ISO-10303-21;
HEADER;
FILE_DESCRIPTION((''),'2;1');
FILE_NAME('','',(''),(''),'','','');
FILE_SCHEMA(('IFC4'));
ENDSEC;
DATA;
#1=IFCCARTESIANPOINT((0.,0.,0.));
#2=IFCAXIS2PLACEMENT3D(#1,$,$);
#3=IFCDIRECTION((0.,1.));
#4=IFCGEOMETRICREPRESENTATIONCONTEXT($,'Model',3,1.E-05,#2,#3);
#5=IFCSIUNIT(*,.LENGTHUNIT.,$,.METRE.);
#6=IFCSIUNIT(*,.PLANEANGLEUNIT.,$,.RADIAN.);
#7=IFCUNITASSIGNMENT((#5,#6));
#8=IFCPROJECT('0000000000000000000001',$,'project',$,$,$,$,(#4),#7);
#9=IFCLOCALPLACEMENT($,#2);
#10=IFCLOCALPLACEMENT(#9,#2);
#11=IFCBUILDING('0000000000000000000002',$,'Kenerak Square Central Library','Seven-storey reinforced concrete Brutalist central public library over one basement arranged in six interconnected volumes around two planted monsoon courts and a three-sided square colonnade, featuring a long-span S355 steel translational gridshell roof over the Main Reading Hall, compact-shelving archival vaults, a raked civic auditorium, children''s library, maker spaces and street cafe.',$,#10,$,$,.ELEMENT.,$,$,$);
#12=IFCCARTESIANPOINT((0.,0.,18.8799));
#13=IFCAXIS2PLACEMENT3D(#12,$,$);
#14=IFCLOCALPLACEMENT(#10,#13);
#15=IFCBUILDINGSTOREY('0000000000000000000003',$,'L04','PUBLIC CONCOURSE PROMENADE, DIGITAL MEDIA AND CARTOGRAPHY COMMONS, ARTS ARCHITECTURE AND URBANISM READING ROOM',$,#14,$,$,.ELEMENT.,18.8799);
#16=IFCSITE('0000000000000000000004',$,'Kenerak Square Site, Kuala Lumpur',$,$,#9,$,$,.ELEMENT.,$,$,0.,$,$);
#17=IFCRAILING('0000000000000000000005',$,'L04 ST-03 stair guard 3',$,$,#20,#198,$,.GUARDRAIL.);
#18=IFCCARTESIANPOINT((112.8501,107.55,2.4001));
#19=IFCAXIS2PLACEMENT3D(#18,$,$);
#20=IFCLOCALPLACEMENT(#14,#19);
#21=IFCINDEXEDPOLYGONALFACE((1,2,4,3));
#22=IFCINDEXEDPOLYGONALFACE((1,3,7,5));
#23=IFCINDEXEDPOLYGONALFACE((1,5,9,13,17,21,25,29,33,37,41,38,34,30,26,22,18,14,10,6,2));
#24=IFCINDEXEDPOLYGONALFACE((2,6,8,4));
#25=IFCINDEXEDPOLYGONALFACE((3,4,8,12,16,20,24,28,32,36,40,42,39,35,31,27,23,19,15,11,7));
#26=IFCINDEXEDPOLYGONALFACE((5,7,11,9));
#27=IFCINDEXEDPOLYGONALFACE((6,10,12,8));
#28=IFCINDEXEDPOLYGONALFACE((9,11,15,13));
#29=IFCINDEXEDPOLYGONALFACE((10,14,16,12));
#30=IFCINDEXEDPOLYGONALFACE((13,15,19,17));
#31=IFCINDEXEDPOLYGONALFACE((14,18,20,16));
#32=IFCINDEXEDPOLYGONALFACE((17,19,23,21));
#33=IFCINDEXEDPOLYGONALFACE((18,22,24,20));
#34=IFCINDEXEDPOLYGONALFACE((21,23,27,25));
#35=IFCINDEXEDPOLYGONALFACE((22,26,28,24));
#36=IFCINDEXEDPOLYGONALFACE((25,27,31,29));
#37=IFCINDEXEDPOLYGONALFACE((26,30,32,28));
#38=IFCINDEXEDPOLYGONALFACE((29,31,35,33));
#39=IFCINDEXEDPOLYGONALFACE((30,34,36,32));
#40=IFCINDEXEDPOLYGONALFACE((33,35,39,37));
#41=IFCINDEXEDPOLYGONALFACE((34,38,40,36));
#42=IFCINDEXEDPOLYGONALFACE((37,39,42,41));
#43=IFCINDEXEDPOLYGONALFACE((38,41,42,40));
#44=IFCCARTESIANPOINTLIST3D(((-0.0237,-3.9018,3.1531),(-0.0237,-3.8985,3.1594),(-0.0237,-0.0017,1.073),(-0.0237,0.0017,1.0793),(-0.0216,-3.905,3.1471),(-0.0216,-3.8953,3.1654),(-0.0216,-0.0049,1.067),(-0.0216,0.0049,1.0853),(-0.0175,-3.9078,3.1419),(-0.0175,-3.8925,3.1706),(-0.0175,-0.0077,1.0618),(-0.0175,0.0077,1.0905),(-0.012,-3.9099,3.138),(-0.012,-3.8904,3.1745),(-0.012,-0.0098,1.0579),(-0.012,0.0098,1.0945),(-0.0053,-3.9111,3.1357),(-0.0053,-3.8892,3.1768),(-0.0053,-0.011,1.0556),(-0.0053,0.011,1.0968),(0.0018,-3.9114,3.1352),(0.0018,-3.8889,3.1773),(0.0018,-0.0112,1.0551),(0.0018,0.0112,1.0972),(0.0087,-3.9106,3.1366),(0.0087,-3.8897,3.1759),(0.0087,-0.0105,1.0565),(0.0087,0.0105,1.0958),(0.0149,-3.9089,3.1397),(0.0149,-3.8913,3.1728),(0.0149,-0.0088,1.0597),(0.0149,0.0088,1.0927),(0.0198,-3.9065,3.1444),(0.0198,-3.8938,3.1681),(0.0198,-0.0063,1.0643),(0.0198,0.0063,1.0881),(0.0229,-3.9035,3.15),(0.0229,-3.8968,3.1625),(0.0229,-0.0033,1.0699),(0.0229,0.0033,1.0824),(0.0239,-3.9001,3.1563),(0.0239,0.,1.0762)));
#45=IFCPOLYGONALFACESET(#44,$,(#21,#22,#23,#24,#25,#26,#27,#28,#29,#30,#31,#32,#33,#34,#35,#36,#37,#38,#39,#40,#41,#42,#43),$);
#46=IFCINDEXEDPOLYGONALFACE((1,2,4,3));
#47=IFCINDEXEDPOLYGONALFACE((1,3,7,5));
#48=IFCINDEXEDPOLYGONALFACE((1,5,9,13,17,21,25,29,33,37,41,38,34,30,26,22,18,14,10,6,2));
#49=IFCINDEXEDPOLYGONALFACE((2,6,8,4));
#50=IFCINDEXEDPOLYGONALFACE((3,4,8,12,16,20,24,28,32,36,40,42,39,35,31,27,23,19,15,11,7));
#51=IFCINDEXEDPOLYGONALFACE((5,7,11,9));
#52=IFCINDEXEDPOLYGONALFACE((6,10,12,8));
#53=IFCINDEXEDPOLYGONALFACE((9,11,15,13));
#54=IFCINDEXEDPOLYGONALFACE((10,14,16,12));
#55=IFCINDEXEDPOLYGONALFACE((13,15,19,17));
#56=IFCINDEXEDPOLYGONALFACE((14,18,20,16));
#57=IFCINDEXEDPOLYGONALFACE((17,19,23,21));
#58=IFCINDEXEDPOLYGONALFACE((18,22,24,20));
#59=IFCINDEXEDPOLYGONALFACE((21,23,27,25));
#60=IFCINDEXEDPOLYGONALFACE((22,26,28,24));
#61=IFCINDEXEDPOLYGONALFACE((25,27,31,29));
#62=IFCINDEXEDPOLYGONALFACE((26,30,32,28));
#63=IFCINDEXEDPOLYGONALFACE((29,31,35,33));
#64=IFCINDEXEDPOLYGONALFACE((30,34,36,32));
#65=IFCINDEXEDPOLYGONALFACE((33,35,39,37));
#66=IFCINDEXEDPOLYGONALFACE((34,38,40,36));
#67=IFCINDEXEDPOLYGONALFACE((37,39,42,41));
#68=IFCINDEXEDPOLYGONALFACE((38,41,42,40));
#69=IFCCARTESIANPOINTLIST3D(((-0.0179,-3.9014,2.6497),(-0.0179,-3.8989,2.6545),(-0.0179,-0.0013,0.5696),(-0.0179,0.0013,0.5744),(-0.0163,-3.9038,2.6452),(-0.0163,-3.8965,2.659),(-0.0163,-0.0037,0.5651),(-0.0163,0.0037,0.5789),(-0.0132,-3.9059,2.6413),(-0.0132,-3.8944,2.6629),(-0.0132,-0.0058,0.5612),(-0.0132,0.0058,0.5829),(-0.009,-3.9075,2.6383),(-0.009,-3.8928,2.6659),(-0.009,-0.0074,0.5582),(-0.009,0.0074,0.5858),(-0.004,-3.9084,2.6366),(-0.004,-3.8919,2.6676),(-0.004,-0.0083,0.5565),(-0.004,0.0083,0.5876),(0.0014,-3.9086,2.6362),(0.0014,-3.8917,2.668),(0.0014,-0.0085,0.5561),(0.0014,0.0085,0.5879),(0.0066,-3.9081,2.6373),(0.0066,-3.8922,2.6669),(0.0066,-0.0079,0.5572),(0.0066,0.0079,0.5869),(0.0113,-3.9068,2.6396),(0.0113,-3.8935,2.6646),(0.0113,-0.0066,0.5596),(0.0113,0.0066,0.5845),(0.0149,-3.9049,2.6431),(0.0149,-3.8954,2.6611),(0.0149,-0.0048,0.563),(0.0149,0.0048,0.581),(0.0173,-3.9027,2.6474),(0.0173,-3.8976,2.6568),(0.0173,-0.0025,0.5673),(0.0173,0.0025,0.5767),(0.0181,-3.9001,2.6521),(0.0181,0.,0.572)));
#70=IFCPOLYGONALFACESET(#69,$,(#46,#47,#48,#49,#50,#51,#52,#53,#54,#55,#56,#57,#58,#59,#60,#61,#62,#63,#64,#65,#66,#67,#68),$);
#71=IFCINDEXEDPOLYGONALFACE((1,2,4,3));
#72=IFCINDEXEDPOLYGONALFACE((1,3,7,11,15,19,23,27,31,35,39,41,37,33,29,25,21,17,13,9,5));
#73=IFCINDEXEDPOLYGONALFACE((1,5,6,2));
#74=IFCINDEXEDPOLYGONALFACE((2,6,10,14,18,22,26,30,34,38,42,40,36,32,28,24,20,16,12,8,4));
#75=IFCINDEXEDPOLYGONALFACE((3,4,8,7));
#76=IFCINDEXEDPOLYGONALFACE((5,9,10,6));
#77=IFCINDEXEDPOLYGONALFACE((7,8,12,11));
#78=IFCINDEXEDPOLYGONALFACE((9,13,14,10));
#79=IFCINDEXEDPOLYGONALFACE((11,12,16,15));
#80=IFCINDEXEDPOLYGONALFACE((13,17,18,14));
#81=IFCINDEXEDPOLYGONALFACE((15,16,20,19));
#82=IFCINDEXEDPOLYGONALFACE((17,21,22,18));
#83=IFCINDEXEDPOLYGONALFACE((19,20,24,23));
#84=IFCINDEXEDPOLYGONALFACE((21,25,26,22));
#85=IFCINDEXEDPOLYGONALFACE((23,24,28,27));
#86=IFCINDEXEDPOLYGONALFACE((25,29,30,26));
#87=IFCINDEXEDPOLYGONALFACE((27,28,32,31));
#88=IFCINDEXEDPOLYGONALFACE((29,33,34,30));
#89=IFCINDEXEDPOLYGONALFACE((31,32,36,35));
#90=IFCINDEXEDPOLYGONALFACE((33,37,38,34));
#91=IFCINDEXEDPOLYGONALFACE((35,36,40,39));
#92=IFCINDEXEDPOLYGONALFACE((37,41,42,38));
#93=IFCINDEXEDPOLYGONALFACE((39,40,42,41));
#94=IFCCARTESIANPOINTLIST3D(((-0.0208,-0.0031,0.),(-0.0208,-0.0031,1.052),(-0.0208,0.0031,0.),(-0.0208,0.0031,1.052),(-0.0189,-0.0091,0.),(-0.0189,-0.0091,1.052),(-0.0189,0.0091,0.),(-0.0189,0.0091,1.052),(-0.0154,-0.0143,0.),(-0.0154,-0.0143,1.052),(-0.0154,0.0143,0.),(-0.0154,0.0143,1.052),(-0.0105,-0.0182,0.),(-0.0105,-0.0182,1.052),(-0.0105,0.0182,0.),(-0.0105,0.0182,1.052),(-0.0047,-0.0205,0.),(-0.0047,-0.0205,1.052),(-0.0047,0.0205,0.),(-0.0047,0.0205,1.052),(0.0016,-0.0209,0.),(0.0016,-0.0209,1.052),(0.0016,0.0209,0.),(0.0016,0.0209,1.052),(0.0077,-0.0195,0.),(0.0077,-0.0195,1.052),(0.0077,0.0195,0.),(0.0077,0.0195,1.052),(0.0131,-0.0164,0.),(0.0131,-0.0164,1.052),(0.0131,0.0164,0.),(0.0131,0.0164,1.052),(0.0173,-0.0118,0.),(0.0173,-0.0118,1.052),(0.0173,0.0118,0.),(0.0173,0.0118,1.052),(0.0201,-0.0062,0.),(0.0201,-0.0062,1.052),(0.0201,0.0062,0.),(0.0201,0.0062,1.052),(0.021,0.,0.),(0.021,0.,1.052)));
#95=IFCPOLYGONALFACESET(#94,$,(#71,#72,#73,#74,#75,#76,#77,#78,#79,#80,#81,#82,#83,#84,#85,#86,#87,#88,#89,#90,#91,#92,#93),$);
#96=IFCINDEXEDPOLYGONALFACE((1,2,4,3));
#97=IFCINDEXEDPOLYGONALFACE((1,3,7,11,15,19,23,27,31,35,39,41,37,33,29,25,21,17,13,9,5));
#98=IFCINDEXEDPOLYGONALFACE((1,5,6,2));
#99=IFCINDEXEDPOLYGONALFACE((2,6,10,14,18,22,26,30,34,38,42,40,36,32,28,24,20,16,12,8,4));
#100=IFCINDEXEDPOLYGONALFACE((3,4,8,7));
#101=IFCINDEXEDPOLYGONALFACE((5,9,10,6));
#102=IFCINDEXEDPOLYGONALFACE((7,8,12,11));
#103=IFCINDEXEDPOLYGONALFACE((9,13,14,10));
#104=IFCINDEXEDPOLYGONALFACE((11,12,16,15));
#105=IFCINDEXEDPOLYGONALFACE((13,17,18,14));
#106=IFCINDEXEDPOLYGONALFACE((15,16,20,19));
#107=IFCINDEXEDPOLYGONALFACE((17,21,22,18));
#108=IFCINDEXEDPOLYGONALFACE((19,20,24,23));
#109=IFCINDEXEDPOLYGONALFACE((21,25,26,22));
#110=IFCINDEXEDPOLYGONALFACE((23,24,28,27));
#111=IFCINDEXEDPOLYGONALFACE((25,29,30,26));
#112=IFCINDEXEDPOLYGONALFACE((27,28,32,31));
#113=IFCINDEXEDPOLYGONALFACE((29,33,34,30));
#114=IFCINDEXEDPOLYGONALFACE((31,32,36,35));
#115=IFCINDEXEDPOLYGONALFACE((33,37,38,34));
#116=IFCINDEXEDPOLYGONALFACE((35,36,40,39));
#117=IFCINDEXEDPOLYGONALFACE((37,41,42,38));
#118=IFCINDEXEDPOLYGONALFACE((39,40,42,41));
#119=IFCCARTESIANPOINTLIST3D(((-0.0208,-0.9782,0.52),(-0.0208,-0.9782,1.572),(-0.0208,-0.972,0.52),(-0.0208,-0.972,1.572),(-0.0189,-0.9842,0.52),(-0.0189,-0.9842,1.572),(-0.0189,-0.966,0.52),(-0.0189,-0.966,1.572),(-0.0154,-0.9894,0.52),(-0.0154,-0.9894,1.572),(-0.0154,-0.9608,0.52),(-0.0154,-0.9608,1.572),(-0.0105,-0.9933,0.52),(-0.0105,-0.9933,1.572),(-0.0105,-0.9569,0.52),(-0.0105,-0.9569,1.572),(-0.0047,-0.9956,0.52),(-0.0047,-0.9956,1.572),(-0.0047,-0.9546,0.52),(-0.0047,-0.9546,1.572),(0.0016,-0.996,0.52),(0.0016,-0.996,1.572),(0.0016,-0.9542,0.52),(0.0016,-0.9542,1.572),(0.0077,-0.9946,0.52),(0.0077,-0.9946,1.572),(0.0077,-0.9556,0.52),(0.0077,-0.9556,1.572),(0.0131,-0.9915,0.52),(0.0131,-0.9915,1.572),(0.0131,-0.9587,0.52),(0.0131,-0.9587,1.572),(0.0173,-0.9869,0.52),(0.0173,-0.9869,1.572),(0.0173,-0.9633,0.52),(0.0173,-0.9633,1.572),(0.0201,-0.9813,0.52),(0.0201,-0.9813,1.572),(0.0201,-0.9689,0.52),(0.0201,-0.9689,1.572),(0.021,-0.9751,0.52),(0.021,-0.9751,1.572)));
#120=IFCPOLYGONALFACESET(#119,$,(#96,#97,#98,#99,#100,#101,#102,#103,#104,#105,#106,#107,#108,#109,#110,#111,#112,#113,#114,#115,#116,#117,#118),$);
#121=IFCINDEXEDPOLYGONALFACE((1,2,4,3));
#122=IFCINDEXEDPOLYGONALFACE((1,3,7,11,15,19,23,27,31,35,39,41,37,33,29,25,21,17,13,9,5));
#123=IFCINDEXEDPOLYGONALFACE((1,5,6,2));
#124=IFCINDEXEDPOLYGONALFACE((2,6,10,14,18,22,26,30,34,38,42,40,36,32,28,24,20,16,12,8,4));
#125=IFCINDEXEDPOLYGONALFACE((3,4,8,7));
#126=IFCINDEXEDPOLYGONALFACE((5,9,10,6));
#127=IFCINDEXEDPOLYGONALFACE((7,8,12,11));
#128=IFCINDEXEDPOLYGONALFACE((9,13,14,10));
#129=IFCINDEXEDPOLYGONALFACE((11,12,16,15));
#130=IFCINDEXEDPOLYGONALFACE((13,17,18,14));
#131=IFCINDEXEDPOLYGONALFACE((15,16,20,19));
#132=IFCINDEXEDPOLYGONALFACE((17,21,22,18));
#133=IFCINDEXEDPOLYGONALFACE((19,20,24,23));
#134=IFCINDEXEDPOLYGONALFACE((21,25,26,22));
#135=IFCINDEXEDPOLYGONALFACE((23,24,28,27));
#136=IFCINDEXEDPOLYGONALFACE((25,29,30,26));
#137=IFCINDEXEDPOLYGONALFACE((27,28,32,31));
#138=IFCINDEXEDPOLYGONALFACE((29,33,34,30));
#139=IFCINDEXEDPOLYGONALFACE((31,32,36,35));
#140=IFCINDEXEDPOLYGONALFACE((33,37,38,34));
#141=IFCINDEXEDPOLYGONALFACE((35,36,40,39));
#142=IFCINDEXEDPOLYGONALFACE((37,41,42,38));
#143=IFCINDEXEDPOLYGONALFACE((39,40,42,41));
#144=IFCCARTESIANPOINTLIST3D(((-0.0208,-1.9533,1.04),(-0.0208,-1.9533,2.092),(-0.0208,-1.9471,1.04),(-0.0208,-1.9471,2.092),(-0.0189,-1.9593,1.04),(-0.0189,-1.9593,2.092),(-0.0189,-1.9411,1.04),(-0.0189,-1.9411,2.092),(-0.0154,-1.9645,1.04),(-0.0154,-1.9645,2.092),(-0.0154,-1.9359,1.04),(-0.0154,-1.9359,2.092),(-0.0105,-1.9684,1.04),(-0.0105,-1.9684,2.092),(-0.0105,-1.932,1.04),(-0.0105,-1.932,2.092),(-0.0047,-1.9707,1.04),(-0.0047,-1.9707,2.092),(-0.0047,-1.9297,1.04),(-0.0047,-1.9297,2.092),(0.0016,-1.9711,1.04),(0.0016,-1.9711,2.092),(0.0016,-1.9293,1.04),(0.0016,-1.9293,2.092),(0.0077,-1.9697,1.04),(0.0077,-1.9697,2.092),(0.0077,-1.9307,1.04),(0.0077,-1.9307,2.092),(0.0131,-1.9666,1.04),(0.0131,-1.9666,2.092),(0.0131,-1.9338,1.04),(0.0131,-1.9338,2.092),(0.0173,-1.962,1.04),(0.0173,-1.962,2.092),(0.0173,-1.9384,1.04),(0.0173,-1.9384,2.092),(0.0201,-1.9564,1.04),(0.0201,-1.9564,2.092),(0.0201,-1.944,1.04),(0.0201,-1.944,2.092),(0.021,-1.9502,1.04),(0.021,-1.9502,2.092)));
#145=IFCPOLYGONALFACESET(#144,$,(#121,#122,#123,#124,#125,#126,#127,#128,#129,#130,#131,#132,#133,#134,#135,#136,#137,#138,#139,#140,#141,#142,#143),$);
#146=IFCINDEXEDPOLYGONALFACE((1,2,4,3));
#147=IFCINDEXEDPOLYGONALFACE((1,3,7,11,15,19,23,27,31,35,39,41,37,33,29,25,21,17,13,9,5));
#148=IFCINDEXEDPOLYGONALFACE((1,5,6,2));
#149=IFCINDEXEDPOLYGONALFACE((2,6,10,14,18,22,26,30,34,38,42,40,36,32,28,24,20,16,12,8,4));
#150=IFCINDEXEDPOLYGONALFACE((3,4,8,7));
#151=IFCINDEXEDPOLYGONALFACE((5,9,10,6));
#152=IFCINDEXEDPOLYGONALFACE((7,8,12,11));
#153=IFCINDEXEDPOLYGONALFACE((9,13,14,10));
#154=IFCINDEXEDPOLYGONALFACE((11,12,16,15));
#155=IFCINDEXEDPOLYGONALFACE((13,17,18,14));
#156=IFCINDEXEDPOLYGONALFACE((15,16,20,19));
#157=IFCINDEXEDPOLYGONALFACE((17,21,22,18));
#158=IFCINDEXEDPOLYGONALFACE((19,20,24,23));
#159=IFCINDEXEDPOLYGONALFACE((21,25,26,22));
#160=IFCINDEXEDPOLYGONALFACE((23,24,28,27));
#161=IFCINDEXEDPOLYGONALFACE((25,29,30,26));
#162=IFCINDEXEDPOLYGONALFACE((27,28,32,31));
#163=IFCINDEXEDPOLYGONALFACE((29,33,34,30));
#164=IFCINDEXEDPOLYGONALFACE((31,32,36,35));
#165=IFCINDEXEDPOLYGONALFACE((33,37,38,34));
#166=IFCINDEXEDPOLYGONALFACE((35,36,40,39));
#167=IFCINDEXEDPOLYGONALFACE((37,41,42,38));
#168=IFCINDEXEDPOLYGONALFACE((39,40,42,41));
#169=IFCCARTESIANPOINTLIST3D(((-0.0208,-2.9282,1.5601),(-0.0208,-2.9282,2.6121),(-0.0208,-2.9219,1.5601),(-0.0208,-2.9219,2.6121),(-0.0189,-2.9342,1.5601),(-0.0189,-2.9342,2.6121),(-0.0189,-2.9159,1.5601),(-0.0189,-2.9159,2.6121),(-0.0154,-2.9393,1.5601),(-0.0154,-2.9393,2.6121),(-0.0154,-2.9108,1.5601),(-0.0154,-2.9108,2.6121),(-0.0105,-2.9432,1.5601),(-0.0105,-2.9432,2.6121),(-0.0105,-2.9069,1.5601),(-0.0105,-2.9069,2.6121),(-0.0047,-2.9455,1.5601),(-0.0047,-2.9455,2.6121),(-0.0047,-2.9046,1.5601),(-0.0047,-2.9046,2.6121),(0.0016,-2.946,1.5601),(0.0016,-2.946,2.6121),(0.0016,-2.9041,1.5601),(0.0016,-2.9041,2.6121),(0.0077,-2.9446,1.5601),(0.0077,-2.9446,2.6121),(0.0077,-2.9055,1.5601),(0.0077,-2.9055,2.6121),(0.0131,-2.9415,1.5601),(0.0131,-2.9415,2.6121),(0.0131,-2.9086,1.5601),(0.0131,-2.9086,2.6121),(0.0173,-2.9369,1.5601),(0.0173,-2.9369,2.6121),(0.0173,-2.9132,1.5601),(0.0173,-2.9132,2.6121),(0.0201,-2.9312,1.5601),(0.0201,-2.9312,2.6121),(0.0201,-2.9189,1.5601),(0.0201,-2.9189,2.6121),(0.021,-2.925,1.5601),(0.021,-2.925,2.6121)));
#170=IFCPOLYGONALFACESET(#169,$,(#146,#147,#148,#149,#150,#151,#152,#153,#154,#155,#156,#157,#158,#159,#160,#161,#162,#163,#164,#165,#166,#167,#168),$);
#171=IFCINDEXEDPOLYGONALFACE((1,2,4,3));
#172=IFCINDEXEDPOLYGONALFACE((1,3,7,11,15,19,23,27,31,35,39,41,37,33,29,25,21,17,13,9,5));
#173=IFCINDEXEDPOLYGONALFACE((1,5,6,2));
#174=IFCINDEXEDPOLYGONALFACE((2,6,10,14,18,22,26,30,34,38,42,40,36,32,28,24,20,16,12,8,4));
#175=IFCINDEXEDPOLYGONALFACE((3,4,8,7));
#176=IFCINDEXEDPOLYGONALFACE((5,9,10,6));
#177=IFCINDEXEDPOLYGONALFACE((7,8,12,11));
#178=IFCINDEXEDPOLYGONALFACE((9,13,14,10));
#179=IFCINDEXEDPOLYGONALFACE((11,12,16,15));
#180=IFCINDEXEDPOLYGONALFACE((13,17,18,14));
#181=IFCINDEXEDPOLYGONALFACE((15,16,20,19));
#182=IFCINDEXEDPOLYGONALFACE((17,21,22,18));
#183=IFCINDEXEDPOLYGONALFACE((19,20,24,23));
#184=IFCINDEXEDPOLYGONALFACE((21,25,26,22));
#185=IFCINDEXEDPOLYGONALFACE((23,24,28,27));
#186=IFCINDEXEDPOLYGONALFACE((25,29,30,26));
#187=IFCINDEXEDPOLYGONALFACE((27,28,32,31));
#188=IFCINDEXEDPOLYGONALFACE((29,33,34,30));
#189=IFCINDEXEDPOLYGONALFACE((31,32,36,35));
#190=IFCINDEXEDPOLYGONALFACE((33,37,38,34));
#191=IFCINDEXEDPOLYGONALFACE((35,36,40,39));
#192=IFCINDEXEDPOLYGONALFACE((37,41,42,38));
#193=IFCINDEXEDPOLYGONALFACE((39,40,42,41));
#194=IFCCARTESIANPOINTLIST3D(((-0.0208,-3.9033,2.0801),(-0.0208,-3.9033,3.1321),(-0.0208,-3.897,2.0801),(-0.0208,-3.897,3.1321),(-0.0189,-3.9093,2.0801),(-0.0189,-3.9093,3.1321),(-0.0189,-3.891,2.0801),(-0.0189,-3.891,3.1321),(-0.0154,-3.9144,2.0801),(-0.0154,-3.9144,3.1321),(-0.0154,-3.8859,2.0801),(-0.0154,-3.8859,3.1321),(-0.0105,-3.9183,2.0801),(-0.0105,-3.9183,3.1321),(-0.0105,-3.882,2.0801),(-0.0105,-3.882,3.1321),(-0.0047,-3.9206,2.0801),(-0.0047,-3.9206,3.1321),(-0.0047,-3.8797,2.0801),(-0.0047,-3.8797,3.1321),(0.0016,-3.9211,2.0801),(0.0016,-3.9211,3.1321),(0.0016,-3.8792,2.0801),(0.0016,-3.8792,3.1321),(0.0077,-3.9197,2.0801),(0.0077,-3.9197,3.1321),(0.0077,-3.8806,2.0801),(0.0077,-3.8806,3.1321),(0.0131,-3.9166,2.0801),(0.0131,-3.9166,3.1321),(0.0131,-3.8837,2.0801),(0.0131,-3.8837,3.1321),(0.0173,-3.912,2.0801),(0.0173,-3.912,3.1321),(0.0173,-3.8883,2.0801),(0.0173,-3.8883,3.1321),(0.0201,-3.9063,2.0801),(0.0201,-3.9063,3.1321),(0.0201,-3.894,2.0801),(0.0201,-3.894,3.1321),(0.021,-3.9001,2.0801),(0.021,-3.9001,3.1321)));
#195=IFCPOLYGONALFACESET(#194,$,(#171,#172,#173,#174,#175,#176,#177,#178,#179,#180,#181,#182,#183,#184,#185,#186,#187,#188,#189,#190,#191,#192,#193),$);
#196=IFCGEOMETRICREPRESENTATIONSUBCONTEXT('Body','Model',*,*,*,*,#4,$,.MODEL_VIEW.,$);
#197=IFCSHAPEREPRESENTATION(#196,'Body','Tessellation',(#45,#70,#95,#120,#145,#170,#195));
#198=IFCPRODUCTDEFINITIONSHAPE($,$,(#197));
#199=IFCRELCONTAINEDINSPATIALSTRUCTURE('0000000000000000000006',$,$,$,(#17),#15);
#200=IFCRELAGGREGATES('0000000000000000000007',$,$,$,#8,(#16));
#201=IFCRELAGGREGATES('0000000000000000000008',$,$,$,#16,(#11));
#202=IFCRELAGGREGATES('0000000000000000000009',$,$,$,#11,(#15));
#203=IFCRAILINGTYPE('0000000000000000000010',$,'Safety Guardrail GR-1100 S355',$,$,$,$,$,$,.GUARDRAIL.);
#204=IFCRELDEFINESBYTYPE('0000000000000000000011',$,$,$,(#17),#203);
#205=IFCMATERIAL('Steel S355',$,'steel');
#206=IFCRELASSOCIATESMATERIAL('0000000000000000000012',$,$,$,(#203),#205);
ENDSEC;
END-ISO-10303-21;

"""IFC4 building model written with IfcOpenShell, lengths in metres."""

from ifc_helpers import new_model, si_unit, direction, frame, origin, origin_2d, place, context, subcontext, project, spatial, circle, extrude, material, type_object, element, save


model = new_model("IFC4")

# Units and contexts
model_context = context("Model", 3, precision=1e-05, world=origin(), true_north=direction((0.0, 1.0)))
body_context = subcontext(model_context, "Body", "Model", "MODEL_VIEW")
ifc_project = project(units=[si_unit("LENGTHUNIT", "METRE"), si_unit("PLANEANGLEUNIT", "RADIAN")], contexts=[model_context])

# Site, building, storey
site_placement = place(None, origin())
site = spatial("IfcSite", under=ifc_project, at=site_placement, Name="Kenerak Square Site, Kuala Lumpur", CompositionType="ELEMENT", RefElevation=0.0)
building_placement = place(site_placement, origin())
building = spatial("IfcBuilding", under=site, at=building_placement, Name="Kenerak Square Central Library", Description="Seven-storey reinforced concrete Brutalist central public library over one basement arranged in six interconnected volumes around two planted monsoon courts and a three-sided square colonnade, featuring a long-span S355 steel translational gridshell roof over the Main Reading Hall, compact-shelving archival vaults, a raked civic auditorium, children's library, maker spaces and street cafe.", CompositionType="ELEMENT")
storey_placement = place(building_placement, frame((0.0, 0.0, 18.8799)))
storey = spatial("IfcBuildingStorey", under=building, at=storey_placement, Name="L04", Description="PUBLIC CONCOURSE PROMENADE, DIGITAL MEDIA AND CARTOGRAPHY COMMONS, ARTS ARCHITECTURE AND URBANISM READING ROOM", CompositionType="ELEMENT", Elevation=18.8799)

# Railing
ifc_material_1 = material(Name="Steel S355", Category="steel")
railing_type_1 = type_object("IfcRailingType", Name="Safety Guardrail GR-1100 S355", PredefinedType="GUARDRAIL", material=ifc_material_1)
railing_1_placement = place(storey_placement, frame((112.8501, 107.55, 2.4001)))
element("IfcRailing", 1, at=railing_1_placement, inside=storey, type_object=railing_type_1, Name="L04 ST-03 stair guard 3", PredefinedType="GUARDRAIL", context=body_context, shape_type="SweptSolid", body=[
    extrude(circle(Radius=0.0239, at=origin_2d()), frame((0.0, 0.0, 1.0762), z_axis=(0.0, -0.882353, 0.470588), x_axis=(1.0, 0.0, 0.0)), (0.0, 0.0, 1.0), 4.4202),
    extrude(circle(Radius=0.0181, at=origin_2d()), frame((0.0, 0.0, 0.572), z_axis=(0.0, -0.882353, 0.470588), x_axis=(1.0, 0.0, 0.0)), (0.0, 0.0, 1.0), 4.4202),
    extrude(circle(Radius=0.021, at=origin_2d()), origin(), (0.0, 0.0, 1.0), 1.052),
    extrude(circle(Radius=0.021, at=origin_2d()), frame((0.0, -0.9751, 0.52)), (0.0, 0.0, 1.0), 1.052),
    extrude(circle(Radius=0.021, at=origin_2d()), frame((0.0, -1.9502, 1.04)), (0.0, 0.0, 1.0), 1.052),
    extrude(circle(Radius=0.021, at=origin_2d()), frame((0.0, -2.925, 1.5601)), (0.0, 0.0, 1.0), 1.052),
    extrude(circle(Radius=0.021, at=origin_2d()), frame((0.0, -3.9001, 2.0801)), (0.0, 0.0, 1.0), 1.052),
])

save(model, "model.ifc")
